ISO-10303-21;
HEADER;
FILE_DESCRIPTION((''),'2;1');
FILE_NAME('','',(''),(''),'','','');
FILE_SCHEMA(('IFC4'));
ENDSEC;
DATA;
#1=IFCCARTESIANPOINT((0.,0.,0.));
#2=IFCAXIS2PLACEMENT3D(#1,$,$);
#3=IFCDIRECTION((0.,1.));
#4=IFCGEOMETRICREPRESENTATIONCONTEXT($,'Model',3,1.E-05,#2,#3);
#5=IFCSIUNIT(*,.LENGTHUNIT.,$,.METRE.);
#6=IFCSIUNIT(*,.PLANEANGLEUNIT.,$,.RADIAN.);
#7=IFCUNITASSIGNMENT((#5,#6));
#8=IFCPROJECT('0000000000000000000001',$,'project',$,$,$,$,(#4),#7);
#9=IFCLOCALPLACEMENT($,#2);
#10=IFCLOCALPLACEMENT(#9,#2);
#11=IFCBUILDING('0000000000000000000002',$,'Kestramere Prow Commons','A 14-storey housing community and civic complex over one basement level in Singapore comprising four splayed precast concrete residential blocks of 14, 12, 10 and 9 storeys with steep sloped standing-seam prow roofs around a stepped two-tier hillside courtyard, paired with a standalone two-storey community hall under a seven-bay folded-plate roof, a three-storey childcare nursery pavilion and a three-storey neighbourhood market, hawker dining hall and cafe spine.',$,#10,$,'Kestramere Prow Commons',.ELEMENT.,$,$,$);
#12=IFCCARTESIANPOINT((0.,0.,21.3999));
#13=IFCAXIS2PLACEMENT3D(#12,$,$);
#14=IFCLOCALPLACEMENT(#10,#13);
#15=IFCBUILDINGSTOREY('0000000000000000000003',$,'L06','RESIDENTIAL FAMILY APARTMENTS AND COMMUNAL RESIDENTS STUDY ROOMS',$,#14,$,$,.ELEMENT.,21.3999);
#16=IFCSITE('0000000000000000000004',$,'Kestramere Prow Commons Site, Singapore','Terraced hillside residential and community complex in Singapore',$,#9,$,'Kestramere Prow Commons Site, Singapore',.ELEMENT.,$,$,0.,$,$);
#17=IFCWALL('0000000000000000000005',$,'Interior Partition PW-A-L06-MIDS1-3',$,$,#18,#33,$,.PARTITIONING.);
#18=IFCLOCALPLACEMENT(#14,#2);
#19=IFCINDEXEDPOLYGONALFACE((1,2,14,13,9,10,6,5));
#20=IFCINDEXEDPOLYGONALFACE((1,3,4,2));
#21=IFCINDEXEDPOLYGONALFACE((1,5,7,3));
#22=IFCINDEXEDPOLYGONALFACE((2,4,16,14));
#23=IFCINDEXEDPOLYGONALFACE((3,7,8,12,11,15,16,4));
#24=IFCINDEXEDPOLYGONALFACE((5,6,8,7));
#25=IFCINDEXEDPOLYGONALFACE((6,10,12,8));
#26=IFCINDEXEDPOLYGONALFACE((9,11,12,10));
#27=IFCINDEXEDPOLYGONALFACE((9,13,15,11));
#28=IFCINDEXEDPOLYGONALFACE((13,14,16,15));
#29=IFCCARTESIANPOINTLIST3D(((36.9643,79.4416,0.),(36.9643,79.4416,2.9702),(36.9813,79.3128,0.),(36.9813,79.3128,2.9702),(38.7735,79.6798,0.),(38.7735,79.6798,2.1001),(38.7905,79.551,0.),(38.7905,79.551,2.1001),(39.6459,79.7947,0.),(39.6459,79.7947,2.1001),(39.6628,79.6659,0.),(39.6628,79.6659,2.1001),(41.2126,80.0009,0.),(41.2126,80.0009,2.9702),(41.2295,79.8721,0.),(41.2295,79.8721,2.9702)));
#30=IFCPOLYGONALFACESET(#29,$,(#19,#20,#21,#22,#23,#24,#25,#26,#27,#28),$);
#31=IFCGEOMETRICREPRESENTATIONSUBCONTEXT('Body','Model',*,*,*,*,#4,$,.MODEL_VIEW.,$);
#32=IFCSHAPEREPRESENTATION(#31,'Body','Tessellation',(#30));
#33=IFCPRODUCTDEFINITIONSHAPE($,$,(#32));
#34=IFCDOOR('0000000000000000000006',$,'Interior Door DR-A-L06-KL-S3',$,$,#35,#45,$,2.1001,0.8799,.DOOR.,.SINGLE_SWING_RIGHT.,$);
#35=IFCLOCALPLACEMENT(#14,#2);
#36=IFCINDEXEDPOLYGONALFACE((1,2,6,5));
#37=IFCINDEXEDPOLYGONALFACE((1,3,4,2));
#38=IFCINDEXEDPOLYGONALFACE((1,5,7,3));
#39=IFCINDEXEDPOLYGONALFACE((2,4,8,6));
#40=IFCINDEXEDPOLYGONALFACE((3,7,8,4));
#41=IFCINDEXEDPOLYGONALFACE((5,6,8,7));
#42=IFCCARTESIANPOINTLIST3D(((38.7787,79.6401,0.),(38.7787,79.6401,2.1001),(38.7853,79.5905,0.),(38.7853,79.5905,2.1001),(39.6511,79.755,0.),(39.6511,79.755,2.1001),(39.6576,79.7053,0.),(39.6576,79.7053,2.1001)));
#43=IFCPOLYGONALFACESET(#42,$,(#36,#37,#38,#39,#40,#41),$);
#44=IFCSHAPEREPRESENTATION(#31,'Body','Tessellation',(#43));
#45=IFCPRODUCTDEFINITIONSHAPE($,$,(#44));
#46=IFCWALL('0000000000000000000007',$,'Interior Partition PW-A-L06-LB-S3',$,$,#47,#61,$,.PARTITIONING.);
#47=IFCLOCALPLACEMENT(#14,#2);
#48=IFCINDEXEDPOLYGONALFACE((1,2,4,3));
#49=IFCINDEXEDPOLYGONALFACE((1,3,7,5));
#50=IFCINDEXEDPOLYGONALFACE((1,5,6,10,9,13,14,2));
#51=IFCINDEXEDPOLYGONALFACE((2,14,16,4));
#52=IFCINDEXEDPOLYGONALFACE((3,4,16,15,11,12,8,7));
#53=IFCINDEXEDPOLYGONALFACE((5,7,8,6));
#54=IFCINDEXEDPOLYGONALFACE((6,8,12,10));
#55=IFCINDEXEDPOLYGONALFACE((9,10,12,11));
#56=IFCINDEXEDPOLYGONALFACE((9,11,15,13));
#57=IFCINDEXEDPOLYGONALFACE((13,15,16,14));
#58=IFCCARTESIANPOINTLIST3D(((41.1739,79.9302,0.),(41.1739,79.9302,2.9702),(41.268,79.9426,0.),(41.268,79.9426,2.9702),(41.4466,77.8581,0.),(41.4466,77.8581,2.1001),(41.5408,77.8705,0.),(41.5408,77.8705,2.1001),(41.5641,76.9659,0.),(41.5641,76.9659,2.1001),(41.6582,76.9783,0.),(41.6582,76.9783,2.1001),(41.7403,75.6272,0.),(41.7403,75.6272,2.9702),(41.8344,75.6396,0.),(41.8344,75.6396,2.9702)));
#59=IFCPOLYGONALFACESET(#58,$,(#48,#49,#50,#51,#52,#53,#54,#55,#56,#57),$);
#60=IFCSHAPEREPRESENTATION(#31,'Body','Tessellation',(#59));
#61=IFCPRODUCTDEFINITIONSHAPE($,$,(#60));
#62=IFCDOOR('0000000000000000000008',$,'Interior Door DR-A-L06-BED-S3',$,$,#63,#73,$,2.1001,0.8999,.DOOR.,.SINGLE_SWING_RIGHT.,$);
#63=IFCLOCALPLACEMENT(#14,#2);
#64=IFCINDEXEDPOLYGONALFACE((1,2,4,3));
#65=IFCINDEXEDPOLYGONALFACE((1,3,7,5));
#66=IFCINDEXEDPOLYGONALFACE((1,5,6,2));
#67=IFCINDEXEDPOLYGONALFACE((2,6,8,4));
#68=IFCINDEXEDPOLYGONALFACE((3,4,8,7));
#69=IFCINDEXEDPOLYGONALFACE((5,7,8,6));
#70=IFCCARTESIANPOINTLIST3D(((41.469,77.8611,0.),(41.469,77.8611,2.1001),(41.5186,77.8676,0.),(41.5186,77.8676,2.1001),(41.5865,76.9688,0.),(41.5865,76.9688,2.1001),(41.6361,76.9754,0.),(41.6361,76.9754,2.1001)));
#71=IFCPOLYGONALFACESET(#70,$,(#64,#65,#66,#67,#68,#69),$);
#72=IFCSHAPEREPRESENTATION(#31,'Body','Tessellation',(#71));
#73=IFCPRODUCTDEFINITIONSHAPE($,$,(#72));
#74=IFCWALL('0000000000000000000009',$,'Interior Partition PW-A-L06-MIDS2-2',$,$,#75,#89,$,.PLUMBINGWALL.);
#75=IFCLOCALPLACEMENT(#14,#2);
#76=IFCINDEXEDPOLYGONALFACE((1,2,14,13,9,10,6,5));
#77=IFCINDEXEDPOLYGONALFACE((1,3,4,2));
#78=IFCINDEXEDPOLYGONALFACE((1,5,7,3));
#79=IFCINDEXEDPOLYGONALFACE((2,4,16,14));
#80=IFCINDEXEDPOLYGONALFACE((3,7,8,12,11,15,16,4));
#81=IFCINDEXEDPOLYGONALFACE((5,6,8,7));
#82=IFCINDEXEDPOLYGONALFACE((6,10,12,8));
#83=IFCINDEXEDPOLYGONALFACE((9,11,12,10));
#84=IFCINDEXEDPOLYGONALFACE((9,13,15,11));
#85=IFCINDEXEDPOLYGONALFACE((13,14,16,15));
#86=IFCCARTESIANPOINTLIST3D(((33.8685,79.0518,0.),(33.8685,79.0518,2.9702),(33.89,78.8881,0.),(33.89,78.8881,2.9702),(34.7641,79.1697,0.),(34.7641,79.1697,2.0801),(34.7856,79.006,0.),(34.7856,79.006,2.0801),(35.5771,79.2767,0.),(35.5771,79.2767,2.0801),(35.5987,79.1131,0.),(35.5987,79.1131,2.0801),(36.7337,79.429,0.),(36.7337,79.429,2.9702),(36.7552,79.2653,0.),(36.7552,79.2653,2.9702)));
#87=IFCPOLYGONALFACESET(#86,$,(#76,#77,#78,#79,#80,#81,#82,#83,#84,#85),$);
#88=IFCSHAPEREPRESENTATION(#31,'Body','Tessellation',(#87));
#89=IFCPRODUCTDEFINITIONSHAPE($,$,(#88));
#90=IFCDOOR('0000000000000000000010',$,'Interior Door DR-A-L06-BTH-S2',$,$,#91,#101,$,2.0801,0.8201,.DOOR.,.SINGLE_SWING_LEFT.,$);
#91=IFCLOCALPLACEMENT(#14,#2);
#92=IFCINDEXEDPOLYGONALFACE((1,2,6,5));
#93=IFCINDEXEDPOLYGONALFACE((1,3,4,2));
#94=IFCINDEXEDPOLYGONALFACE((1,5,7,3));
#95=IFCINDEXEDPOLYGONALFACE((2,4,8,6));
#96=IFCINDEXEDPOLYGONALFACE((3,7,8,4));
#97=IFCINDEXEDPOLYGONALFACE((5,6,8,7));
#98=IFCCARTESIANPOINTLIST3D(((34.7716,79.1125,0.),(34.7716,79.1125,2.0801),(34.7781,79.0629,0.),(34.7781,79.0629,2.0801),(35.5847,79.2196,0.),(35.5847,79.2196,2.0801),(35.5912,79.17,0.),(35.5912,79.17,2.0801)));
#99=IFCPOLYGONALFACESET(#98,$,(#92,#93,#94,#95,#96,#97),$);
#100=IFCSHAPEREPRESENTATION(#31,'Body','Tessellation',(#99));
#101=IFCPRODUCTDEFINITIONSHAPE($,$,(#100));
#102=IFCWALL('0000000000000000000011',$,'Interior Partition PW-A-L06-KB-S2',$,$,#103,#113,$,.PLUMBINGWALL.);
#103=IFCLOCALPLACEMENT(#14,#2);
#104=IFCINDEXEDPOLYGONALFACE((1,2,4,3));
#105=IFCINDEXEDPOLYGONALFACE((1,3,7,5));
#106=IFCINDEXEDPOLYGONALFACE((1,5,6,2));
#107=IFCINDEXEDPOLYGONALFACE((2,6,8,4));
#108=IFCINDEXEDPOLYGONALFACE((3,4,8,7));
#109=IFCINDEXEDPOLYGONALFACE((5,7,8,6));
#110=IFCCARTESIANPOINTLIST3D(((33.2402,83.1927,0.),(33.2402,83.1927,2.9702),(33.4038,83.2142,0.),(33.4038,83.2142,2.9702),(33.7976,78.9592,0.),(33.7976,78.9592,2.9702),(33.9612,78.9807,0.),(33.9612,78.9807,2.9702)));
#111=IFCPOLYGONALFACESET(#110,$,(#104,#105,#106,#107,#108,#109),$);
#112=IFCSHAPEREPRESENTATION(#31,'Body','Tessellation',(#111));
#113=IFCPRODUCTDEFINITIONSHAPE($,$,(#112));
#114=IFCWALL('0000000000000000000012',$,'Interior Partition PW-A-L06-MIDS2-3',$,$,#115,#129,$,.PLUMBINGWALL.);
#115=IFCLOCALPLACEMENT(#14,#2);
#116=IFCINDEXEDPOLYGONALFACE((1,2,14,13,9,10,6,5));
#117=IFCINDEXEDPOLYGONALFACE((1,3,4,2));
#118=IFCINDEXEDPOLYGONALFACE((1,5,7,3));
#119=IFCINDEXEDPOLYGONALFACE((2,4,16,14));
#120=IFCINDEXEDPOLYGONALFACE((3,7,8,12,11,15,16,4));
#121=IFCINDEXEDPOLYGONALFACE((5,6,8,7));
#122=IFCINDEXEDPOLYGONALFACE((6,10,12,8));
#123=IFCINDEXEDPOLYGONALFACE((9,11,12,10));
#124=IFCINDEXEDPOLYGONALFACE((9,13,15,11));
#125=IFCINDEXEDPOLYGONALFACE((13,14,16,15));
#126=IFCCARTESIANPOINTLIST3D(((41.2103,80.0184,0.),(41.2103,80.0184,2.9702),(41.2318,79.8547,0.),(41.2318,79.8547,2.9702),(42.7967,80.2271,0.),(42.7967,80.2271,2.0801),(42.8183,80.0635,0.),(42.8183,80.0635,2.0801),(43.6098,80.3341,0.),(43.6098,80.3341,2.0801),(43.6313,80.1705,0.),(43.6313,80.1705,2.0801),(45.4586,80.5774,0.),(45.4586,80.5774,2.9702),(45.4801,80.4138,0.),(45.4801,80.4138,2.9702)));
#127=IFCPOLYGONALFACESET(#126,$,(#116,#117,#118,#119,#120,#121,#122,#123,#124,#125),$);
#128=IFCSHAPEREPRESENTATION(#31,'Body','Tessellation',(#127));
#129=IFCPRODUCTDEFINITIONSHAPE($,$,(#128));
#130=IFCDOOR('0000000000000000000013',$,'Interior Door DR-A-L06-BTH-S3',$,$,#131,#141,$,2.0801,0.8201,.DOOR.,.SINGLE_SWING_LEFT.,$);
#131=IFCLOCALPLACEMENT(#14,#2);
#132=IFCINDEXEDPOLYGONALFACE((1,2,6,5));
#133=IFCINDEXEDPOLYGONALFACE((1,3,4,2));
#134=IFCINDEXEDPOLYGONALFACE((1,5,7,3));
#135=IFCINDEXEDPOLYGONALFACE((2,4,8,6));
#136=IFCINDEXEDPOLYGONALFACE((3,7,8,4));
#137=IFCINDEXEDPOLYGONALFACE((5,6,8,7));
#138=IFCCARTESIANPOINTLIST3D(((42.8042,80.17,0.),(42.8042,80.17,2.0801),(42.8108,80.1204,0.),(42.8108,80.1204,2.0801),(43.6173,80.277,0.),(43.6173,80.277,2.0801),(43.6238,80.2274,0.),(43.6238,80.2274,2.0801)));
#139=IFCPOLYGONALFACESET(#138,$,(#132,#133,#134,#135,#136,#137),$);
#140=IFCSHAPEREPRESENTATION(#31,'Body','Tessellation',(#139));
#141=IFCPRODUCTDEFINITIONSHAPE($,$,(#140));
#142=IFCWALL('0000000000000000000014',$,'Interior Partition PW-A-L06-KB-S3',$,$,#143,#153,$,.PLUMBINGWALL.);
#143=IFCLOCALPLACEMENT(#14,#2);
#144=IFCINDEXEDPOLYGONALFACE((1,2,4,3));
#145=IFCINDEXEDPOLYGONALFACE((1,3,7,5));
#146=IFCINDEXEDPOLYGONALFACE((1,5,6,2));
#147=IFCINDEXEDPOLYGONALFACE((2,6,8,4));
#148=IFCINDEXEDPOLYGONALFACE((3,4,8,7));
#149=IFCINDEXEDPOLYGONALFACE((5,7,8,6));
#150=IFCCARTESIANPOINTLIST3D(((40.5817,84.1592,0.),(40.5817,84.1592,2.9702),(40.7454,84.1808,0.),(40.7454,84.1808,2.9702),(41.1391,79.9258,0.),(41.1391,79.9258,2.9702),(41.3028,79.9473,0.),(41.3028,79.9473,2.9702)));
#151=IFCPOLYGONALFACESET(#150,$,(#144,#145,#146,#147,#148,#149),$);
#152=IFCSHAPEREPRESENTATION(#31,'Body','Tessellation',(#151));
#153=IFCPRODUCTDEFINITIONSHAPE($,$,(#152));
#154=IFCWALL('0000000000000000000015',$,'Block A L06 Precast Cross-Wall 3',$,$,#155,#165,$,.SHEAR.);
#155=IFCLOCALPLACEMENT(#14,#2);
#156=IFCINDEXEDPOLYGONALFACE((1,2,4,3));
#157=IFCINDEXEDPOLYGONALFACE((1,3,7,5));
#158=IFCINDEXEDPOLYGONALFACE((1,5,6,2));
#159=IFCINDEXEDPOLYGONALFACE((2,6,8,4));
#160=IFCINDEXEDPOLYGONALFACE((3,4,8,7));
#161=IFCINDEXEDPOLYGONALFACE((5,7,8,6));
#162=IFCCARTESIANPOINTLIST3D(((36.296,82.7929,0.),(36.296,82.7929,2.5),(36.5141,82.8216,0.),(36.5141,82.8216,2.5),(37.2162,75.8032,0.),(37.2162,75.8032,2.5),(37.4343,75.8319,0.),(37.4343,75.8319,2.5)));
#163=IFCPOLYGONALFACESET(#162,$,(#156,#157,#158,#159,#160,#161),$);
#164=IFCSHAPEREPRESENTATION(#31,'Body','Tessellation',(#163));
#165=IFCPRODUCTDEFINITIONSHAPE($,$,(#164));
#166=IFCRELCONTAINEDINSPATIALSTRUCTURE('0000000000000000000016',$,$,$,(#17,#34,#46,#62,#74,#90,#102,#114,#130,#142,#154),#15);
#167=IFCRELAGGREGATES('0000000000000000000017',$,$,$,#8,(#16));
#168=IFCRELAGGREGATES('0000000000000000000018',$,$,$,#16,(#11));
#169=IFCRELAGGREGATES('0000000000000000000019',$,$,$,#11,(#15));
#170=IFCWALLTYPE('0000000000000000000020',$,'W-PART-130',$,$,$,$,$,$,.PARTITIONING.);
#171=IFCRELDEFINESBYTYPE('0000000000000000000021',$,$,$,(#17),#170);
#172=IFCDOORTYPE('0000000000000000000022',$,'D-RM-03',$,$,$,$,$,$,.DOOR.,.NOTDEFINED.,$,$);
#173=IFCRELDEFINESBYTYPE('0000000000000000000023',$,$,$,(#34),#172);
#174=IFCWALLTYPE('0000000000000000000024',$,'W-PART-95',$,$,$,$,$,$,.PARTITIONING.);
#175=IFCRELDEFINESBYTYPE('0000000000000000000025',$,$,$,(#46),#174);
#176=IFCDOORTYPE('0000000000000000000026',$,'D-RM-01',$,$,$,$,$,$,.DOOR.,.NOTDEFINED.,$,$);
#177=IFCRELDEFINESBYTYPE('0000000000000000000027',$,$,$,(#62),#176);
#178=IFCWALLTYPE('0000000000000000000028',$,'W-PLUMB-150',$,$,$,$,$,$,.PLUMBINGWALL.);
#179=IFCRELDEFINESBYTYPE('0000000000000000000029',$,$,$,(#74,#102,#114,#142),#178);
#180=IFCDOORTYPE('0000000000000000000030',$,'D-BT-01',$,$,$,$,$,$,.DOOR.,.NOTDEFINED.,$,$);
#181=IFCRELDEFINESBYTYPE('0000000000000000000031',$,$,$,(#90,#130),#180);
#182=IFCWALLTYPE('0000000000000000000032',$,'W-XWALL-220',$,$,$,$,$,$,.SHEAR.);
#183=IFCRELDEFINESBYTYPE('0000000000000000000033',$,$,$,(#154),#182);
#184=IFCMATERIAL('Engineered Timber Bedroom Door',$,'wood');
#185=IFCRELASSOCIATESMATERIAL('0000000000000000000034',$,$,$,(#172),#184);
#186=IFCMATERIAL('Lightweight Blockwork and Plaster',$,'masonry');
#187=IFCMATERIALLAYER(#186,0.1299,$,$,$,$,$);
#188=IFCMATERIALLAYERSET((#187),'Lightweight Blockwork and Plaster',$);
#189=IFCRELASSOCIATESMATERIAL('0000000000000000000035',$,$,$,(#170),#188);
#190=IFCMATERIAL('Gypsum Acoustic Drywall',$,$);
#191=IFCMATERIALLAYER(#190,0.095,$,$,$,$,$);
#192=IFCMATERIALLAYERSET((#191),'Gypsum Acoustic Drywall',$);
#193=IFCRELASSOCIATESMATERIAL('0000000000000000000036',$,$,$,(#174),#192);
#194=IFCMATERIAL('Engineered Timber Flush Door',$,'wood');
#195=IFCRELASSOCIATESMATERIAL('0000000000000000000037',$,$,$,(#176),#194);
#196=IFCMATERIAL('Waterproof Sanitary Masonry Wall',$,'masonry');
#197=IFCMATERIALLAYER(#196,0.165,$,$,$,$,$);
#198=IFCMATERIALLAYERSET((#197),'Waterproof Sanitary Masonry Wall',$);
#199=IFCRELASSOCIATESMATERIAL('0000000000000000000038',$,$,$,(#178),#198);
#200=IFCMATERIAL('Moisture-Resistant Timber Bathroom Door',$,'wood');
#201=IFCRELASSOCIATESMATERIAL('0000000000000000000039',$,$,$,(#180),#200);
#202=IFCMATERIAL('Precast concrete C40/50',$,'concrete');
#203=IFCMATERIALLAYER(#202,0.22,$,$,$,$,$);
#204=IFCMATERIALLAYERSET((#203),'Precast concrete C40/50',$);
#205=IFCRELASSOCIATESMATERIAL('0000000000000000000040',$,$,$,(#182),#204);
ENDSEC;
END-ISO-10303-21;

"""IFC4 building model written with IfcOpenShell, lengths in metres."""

from ifc_helpers import new_model, si_unit, direction, frame, frame_2d, origin, place, context, subcontext, project, spatial, rectangle, extrude, material, layer, layer_set, type_object, element, fill, save


model = new_model("IFC4")

# Units and contexts
model_context = context("Model", 3, precision=1e-05, world=origin(), true_north=direction((0.0, 1.0)))
body_context = subcontext(model_context, "Body", "Model", "MODEL_VIEW")
ifc_project = project(units=[si_unit("LENGTHUNIT", "METRE"), si_unit("PLANEANGLEUNIT", "RADIAN")], contexts=[model_context])

# Site, building, storey
site_placement = place(None, origin())
site = spatial("IfcSite", under=ifc_project, at=site_placement, Name="Kestramere Prow Commons Site, Singapore", Description="Terraced hillside residential and community complex in Singapore", LongName="Kestramere Prow Commons Site, Singapore", CompositionType="ELEMENT", RefElevation=0.0)
building_placement = place(site_placement, origin())
building = spatial("IfcBuilding", under=site, at=building_placement, Name="Kestramere Prow Commons", Description="A 14-storey housing community and civic complex over one basement level in Singapore comprising four splayed precast concrete residential blocks of 14, 12, 10 and 9 storeys with steep sloped standing-seam prow roofs around a stepped two-tier hillside courtyard, paired with a standalone two-storey community hall under a seven-bay folded-plate roof, a three-storey childcare nursery pavilion and a three-storey neighbourhood market, hawker dining hall and cafe spine.", LongName="Kestramere Prow Commons", CompositionType="ELEMENT")
storey_placement = place(building_placement, frame((0.0, 0.0, 21.3999)))
storey = spatial("IfcBuildingStorey", under=building, at=storey_placement, Name="L06", Description="RESIDENTIAL FAMILY APARTMENTS AND COMMUNAL RESIDENTS STUDY ROOMS", CompositionType="ELEMENT", Elevation=21.3999)

# Shared definitions
ifc_material_1 = material(Name="Precast concrete C40/50", Category="concrete")

# Walls, openings, doors
ifc_material_2 = material(Name="Gypsum Acoustic Drywall")
ifc_material_3 = material(Name="Engineered Timber Bedroom Door", Category="wood")
door_type_1 = type_object("IfcDoorType", Name="D-RM-03", OperationType="NOTDEFINED", PredefinedType="DOOR", material=ifc_material_3)
ifc_material_4 = material(Name="Lightweight Blockwork and Plaster", Category="masonry")
ifc_layer_1 = layer(ifc_material_4, 0.1299)
ifc_layer_set_1 = layer_set([ifc_layer_1], Name="Lightweight Blockwork and Plaster")
wall_type_1 = type_object("IfcWallType", Name="W-PART-130", PredefinedType="PARTITIONING", material=ifc_layer_set_1)
wall_1_placement = place(storey_placement, frame((36.9727, 79.3772, 0.0), z_axis=(0.0, 0.0, 1.0), x_axis=(0.991444, 0.130533, 0.0)))
wall_1 = element("IfcWall", 1, at=wall_1_placement, inside=storey, type_object=wall_type_1, Name="Interior Partition PW-A-L06-MIDS1-3", PredefinedType="PARTITIONING", context=body_context, shape_type="SweptSolid", body=[
    extrude(rectangle(XDim=4.2849, YDim=0.1299, at=frame_2d((2.1426, 0.0))), origin(), (0.0, 0.0, 1.0), 2.9702),
])
opening_1_placement = place(wall_1_placement, frame((1.825, 0.0, 0.0)))
opening_1 = element("IfcOpeningElement", 2, at=opening_1_placement, cuts=wall_1, PredefinedType="OPENING", context=body_context, shape_type="SweptSolid", body=[
    extrude(rectangle(XDim=0.8799, YDim=2.1001, at=frame_2d((0.4399, 1.05))), frame((0.0, 0.0798, 0.0), z_axis=(0.0, -1.0, 0.0), x_axis=(1.0, 0.0, 0.0)), (0.0, 0.0, 1.0), 0.1599),
])
door_1_placement = place(opening_1_placement, origin())
door_1 = element("IfcDoor", 3, at=door_1_placement, inside=storey, type_object=door_type_1, Name="Interior Door DR-A-L06-KL-S3", OperationType="SINGLE_SWING_RIGHT", OverallHeight=2.1001, OverallWidth=0.8799, PredefinedType="DOOR", context=body_context, shape_type="SweptSolid", body=[
    extrude(rectangle(XDim=0.8799, YDim=2.1001, at=frame_2d((0.4399, 1.05))), frame((0.0, 0.0249, 0.0), z_axis=(0.0, -1.0, 0.0), x_axis=(1.0, 0.0, 0.0)), (0.0, 0.0, 1.0), 0.05),
])
fill(opening_1, door_1)
ifc_layer_2 = layer(ifc_material_2, 0.095)
ifc_layer_set_2 = layer_set([ifc_layer_2], Name="Gypsum Acoustic Drywall")
wall_type_2 = type_object("IfcWallType", Name="W-PART-95", PredefinedType="PARTITIONING", material=ifc_layer_set_2)
wall_2_placement = place(storey_placement, frame((41.7874, 75.6335, 0.0), z_axis=(0.0, 0.0, 1.0), x_axis=(-0.130505, 0.991448, 0.0)))
wall_2 = element("IfcWall", 4, at=wall_2_placement, inside=storey, type_object=wall_type_2, Name="Interior Partition PW-A-L06-LB-S3", PredefinedType="PARTITIONING", context=body_context, shape_type="SweptSolid", body=[
    extrude(rectangle(XDim=4.3401, YDim=0.095, at=frame_2d((2.1699, 0.0))), origin(), (0.0, 0.0, 1.0), 2.9702),
])
opening_2_placement = place(wall_2_placement, frame((1.3501, 0.0, 0.0)))
opening_2 = element("IfcOpeningElement", 5, at=opening_2_placement, cuts=wall_2, PredefinedType="OPENING", context=body_context, shape_type="SweptSolid", body=[
    extrude(rectangle(XDim=0.8999, YDim=2.1001, at=frame_2d((0.45, 1.05))), frame((0.0, 0.0625, 0.0), z_axis=(0.0, -1.0, 0.0), x_axis=(1.0, 0.0, 0.0)), (0.0, 0.0, 1.0), 0.125),
])
ifc_material_5 = material(Name="Engineered Timber Flush Door", Category="wood")
door_type_2 = type_object("IfcDoorType", Name="D-RM-01", OperationType="NOTDEFINED", PredefinedType="DOOR", material=ifc_material_5)
door_2_placement = place(opening_2_placement, origin())
door_2 = element("IfcDoor", 6, at=door_2_placement, inside=storey, type_object=door_type_2, Name="Interior Door DR-A-L06-BED-S3", OperationType="SINGLE_SWING_RIGHT", OverallHeight=2.1001, OverallWidth=0.8999, PredefinedType="DOOR", context=body_context, shape_type="SweptSolid", body=[
    extrude(rectangle(XDim=0.8999, YDim=2.1001, at=frame_2d((0.45, 1.05))), frame((0.0, 0.0249, 0.0), z_axis=(0.0, -1.0, 0.0), x_axis=(1.0, 0.0, 0.0)), (0.0, 0.0, 1.0), 0.05),
])
fill(opening_2, door_2)
ifc_material_6 = material(Name="Waterproof Sanitary Masonry Wall", Category="masonry")
ifc_layer_3 = layer(ifc_material_6, 0.165)
ifc_layer_set_3 = layer_set([ifc_layer_3], Name="Waterproof Sanitary Masonry Wall")
wall_type_3 = type_object("IfcWallType", Name="W-PLUMB-150", PredefinedType="PLUMBINGWALL", material=ifc_layer_set_3)
wall_3_placement = place(storey_placement, frame((33.8794, 78.97, 0.0), z_axis=(0.0, 0.0, 1.0), x_axis=(0.991446, 0.13052, 0.0)))
wall_3 = element("IfcWall", 7, at=wall_3_placement, inside=storey, type_object=wall_type_3, Name="Interior Partition PW-A-L06-MIDS2-2", PredefinedType="PLUMBINGWALL", context=body_context, shape_type="SweptSolid", body=[
    extrude(rectangle(XDim=2.8899, YDim=0.165, at=frame_2d((1.4448, 0.0))), origin(), (0.0, 0.0, 1.0), 2.9702),
])
opening_3_placement = place(wall_3_placement, frame((0.9031, 0.0, 0.0)))
opening_3 = element("IfcOpeningElement", 8, at=opening_3_placement, cuts=wall_3, PredefinedType="OPENING", context=body_context, shape_type="SweptSolid", body=[
    extrude(rectangle(XDim=0.8201, YDim=2.0801, at=frame_2d((0.4102, 1.04))), frame((0.0, 0.0974, 0.0), z_axis=(0.0, -1.0, 0.0), x_axis=(1.0, 0.0, 0.0)), (0.0, 0.0, 1.0), 0.1951),
])
ifc_material_7 = material(Name="Moisture-Resistant Timber Bathroom Door", Category="wood")
door_type_3 = type_object("IfcDoorType", Name="D-BT-01", OperationType="NOTDEFINED", PredefinedType="DOOR", material=ifc_material_7)
door_3_placement = place(opening_3_placement, origin())
door_3 = element("IfcDoor", 9, at=door_3_placement, inside=storey, type_object=door_type_3, Name="Interior Door DR-A-L06-BTH-S2", OperationType="SINGLE_SWING_LEFT", OverallHeight=2.0801, OverallWidth=0.8201, PredefinedType="DOOR", context=body_context, shape_type="SweptSolid", body=[
    extrude(rectangle(XDim=0.8201, YDim=2.0801, at=frame_2d((0.4102, 1.04))), frame((0.0, 0.0249, 0.0), z_axis=(0.0, -1.0, 0.0), x_axis=(1.0, 0.0, 0.0)), (0.0, 0.0, 1.0), 0.05),
])
fill(opening_3, door_3)

# Wall
wall_4_placement = place(storey_placement, frame((33.8794, 78.97, 0.0), z_axis=(0.0, 0.0, 1.0), x_axis=(-0.130534, 0.991444, 0.0)))
element("IfcWall", 10, at=wall_4_placement, inside=storey, type_object=wall_type_3, Name="Interior Partition PW-A-L06-KB-S2", PredefinedType="PLUMBINGWALL", context=body_context, shape_type="SweptSolid", body=[
    extrude(rectangle(XDim=4.27, YDim=0.165, at=frame_2d((2.135, 0.0))), origin(), (0.0, 0.0, 1.0), 2.9702),
])

# Wall, opening, door
wall_5_placement = place(storey_placement, frame((41.2209, 79.9365, 0.0), z_axis=(0.0, 0.0, 1.0), x_axis=(0.991451, 0.130477, 0.0)))
wall_5 = element("IfcWall", 11, at=wall_5_placement, inside=storey, type_object=wall_type_3, Name="Interior Partition PW-A-L06-MIDS2-3", PredefinedType="PLUMBINGWALL", context=body_context, shape_type="SweptSolid", body=[
    extrude(rectangle(XDim=4.2849, YDim=0.165, at=frame_2d((2.1426, 0.0))), origin(), (0.0, 0.0, 1.0), 2.9702),
])
opening_4_placement = place(wall_5_placement, frame((1.6001, 0.0, 0.0)))
opening_4 = element("IfcOpeningElement", 12, at=opening_4_placement, cuts=wall_5, PredefinedType="OPENING", context=body_context, shape_type="SweptSolid", body=[
    extrude(rectangle(XDim=0.8201, YDim=2.0801, at=frame_2d((0.4102, 1.04))), frame((0.0, 0.0974, 0.0), z_axis=(0.0, -1.0, 0.0), x_axis=(1.0, 0.0, 0.0)), (0.0, 0.0, 1.0), 0.1951),
])
door_4_placement = place(opening_4_placement, origin())
door_4 = element("IfcDoor", 13, at=door_4_placement, inside=storey, type_object=door_type_3, Name="Interior Door DR-A-L06-BTH-S3", OperationType="SINGLE_SWING_LEFT", OverallHeight=2.0801, OverallWidth=0.8201, PredefinedType="DOOR", context=body_context, shape_type="SweptSolid", body=[
    extrude(rectangle(XDim=0.8201, YDim=2.0801, at=frame_2d((0.4102, 1.04))), frame((0.0, 0.0249, 0.0), z_axis=(0.0, -1.0, 0.0), x_axis=(1.0, 0.0, 0.0)), (0.0, 0.0, 1.0), 0.05),
])
fill(opening_4, door_4)

# Walls
wall_6_placement = place(storey_placement, frame((41.2209, 79.9365, 0.0), z_axis=(0.0, 0.0, 1.0), x_axis=(-0.130534, 0.991444, 0.0)))
element("IfcWall", 14, at=wall_6_placement, inside=storey, type_object=wall_type_3, Name="Interior Partition PW-A-L06-KB-S3", PredefinedType="PLUMBINGWALL", context=body_context, shape_type="SweptSolid", body=[
    extrude(rectangle(XDim=4.27, YDim=0.165, at=frame_2d((2.135, 0.0))), origin(), (0.0, 0.0, 1.0), 2.9702),
])
ifc_layer_4 = layer(ifc_material_1, 0.22)
ifc_layer_set_4 = layer_set([ifc_layer_4], Name="Precast concrete C40/50")
wall_type_4 = type_object("IfcWallType", Name="W-XWALL-220", PredefinedType="SHEAR", material=ifc_layer_set_4)
wall_7_placement = place(storey_placement, frame((37.3252, 75.8176, 0.0), z_axis=(0.0, 0.0, 1.0), x_axis=(-0.130519, 0.991446, 0.0)))
element("IfcWall", 15, at=wall_7_placement, inside=storey, type_object=wall_type_4, Name="Block A L06 Precast Cross-Wall 3", PredefinedType="SHEAR", context=body_context, shape_type="SweptSolid", body=[
    extrude(rectangle(XDim=7.05, YDim=0.22, at=frame_2d((3.5249, 0.0))), origin(), (0.0, 0.0, 1.0), 2.5),
])

save(model, "model.ifc")
